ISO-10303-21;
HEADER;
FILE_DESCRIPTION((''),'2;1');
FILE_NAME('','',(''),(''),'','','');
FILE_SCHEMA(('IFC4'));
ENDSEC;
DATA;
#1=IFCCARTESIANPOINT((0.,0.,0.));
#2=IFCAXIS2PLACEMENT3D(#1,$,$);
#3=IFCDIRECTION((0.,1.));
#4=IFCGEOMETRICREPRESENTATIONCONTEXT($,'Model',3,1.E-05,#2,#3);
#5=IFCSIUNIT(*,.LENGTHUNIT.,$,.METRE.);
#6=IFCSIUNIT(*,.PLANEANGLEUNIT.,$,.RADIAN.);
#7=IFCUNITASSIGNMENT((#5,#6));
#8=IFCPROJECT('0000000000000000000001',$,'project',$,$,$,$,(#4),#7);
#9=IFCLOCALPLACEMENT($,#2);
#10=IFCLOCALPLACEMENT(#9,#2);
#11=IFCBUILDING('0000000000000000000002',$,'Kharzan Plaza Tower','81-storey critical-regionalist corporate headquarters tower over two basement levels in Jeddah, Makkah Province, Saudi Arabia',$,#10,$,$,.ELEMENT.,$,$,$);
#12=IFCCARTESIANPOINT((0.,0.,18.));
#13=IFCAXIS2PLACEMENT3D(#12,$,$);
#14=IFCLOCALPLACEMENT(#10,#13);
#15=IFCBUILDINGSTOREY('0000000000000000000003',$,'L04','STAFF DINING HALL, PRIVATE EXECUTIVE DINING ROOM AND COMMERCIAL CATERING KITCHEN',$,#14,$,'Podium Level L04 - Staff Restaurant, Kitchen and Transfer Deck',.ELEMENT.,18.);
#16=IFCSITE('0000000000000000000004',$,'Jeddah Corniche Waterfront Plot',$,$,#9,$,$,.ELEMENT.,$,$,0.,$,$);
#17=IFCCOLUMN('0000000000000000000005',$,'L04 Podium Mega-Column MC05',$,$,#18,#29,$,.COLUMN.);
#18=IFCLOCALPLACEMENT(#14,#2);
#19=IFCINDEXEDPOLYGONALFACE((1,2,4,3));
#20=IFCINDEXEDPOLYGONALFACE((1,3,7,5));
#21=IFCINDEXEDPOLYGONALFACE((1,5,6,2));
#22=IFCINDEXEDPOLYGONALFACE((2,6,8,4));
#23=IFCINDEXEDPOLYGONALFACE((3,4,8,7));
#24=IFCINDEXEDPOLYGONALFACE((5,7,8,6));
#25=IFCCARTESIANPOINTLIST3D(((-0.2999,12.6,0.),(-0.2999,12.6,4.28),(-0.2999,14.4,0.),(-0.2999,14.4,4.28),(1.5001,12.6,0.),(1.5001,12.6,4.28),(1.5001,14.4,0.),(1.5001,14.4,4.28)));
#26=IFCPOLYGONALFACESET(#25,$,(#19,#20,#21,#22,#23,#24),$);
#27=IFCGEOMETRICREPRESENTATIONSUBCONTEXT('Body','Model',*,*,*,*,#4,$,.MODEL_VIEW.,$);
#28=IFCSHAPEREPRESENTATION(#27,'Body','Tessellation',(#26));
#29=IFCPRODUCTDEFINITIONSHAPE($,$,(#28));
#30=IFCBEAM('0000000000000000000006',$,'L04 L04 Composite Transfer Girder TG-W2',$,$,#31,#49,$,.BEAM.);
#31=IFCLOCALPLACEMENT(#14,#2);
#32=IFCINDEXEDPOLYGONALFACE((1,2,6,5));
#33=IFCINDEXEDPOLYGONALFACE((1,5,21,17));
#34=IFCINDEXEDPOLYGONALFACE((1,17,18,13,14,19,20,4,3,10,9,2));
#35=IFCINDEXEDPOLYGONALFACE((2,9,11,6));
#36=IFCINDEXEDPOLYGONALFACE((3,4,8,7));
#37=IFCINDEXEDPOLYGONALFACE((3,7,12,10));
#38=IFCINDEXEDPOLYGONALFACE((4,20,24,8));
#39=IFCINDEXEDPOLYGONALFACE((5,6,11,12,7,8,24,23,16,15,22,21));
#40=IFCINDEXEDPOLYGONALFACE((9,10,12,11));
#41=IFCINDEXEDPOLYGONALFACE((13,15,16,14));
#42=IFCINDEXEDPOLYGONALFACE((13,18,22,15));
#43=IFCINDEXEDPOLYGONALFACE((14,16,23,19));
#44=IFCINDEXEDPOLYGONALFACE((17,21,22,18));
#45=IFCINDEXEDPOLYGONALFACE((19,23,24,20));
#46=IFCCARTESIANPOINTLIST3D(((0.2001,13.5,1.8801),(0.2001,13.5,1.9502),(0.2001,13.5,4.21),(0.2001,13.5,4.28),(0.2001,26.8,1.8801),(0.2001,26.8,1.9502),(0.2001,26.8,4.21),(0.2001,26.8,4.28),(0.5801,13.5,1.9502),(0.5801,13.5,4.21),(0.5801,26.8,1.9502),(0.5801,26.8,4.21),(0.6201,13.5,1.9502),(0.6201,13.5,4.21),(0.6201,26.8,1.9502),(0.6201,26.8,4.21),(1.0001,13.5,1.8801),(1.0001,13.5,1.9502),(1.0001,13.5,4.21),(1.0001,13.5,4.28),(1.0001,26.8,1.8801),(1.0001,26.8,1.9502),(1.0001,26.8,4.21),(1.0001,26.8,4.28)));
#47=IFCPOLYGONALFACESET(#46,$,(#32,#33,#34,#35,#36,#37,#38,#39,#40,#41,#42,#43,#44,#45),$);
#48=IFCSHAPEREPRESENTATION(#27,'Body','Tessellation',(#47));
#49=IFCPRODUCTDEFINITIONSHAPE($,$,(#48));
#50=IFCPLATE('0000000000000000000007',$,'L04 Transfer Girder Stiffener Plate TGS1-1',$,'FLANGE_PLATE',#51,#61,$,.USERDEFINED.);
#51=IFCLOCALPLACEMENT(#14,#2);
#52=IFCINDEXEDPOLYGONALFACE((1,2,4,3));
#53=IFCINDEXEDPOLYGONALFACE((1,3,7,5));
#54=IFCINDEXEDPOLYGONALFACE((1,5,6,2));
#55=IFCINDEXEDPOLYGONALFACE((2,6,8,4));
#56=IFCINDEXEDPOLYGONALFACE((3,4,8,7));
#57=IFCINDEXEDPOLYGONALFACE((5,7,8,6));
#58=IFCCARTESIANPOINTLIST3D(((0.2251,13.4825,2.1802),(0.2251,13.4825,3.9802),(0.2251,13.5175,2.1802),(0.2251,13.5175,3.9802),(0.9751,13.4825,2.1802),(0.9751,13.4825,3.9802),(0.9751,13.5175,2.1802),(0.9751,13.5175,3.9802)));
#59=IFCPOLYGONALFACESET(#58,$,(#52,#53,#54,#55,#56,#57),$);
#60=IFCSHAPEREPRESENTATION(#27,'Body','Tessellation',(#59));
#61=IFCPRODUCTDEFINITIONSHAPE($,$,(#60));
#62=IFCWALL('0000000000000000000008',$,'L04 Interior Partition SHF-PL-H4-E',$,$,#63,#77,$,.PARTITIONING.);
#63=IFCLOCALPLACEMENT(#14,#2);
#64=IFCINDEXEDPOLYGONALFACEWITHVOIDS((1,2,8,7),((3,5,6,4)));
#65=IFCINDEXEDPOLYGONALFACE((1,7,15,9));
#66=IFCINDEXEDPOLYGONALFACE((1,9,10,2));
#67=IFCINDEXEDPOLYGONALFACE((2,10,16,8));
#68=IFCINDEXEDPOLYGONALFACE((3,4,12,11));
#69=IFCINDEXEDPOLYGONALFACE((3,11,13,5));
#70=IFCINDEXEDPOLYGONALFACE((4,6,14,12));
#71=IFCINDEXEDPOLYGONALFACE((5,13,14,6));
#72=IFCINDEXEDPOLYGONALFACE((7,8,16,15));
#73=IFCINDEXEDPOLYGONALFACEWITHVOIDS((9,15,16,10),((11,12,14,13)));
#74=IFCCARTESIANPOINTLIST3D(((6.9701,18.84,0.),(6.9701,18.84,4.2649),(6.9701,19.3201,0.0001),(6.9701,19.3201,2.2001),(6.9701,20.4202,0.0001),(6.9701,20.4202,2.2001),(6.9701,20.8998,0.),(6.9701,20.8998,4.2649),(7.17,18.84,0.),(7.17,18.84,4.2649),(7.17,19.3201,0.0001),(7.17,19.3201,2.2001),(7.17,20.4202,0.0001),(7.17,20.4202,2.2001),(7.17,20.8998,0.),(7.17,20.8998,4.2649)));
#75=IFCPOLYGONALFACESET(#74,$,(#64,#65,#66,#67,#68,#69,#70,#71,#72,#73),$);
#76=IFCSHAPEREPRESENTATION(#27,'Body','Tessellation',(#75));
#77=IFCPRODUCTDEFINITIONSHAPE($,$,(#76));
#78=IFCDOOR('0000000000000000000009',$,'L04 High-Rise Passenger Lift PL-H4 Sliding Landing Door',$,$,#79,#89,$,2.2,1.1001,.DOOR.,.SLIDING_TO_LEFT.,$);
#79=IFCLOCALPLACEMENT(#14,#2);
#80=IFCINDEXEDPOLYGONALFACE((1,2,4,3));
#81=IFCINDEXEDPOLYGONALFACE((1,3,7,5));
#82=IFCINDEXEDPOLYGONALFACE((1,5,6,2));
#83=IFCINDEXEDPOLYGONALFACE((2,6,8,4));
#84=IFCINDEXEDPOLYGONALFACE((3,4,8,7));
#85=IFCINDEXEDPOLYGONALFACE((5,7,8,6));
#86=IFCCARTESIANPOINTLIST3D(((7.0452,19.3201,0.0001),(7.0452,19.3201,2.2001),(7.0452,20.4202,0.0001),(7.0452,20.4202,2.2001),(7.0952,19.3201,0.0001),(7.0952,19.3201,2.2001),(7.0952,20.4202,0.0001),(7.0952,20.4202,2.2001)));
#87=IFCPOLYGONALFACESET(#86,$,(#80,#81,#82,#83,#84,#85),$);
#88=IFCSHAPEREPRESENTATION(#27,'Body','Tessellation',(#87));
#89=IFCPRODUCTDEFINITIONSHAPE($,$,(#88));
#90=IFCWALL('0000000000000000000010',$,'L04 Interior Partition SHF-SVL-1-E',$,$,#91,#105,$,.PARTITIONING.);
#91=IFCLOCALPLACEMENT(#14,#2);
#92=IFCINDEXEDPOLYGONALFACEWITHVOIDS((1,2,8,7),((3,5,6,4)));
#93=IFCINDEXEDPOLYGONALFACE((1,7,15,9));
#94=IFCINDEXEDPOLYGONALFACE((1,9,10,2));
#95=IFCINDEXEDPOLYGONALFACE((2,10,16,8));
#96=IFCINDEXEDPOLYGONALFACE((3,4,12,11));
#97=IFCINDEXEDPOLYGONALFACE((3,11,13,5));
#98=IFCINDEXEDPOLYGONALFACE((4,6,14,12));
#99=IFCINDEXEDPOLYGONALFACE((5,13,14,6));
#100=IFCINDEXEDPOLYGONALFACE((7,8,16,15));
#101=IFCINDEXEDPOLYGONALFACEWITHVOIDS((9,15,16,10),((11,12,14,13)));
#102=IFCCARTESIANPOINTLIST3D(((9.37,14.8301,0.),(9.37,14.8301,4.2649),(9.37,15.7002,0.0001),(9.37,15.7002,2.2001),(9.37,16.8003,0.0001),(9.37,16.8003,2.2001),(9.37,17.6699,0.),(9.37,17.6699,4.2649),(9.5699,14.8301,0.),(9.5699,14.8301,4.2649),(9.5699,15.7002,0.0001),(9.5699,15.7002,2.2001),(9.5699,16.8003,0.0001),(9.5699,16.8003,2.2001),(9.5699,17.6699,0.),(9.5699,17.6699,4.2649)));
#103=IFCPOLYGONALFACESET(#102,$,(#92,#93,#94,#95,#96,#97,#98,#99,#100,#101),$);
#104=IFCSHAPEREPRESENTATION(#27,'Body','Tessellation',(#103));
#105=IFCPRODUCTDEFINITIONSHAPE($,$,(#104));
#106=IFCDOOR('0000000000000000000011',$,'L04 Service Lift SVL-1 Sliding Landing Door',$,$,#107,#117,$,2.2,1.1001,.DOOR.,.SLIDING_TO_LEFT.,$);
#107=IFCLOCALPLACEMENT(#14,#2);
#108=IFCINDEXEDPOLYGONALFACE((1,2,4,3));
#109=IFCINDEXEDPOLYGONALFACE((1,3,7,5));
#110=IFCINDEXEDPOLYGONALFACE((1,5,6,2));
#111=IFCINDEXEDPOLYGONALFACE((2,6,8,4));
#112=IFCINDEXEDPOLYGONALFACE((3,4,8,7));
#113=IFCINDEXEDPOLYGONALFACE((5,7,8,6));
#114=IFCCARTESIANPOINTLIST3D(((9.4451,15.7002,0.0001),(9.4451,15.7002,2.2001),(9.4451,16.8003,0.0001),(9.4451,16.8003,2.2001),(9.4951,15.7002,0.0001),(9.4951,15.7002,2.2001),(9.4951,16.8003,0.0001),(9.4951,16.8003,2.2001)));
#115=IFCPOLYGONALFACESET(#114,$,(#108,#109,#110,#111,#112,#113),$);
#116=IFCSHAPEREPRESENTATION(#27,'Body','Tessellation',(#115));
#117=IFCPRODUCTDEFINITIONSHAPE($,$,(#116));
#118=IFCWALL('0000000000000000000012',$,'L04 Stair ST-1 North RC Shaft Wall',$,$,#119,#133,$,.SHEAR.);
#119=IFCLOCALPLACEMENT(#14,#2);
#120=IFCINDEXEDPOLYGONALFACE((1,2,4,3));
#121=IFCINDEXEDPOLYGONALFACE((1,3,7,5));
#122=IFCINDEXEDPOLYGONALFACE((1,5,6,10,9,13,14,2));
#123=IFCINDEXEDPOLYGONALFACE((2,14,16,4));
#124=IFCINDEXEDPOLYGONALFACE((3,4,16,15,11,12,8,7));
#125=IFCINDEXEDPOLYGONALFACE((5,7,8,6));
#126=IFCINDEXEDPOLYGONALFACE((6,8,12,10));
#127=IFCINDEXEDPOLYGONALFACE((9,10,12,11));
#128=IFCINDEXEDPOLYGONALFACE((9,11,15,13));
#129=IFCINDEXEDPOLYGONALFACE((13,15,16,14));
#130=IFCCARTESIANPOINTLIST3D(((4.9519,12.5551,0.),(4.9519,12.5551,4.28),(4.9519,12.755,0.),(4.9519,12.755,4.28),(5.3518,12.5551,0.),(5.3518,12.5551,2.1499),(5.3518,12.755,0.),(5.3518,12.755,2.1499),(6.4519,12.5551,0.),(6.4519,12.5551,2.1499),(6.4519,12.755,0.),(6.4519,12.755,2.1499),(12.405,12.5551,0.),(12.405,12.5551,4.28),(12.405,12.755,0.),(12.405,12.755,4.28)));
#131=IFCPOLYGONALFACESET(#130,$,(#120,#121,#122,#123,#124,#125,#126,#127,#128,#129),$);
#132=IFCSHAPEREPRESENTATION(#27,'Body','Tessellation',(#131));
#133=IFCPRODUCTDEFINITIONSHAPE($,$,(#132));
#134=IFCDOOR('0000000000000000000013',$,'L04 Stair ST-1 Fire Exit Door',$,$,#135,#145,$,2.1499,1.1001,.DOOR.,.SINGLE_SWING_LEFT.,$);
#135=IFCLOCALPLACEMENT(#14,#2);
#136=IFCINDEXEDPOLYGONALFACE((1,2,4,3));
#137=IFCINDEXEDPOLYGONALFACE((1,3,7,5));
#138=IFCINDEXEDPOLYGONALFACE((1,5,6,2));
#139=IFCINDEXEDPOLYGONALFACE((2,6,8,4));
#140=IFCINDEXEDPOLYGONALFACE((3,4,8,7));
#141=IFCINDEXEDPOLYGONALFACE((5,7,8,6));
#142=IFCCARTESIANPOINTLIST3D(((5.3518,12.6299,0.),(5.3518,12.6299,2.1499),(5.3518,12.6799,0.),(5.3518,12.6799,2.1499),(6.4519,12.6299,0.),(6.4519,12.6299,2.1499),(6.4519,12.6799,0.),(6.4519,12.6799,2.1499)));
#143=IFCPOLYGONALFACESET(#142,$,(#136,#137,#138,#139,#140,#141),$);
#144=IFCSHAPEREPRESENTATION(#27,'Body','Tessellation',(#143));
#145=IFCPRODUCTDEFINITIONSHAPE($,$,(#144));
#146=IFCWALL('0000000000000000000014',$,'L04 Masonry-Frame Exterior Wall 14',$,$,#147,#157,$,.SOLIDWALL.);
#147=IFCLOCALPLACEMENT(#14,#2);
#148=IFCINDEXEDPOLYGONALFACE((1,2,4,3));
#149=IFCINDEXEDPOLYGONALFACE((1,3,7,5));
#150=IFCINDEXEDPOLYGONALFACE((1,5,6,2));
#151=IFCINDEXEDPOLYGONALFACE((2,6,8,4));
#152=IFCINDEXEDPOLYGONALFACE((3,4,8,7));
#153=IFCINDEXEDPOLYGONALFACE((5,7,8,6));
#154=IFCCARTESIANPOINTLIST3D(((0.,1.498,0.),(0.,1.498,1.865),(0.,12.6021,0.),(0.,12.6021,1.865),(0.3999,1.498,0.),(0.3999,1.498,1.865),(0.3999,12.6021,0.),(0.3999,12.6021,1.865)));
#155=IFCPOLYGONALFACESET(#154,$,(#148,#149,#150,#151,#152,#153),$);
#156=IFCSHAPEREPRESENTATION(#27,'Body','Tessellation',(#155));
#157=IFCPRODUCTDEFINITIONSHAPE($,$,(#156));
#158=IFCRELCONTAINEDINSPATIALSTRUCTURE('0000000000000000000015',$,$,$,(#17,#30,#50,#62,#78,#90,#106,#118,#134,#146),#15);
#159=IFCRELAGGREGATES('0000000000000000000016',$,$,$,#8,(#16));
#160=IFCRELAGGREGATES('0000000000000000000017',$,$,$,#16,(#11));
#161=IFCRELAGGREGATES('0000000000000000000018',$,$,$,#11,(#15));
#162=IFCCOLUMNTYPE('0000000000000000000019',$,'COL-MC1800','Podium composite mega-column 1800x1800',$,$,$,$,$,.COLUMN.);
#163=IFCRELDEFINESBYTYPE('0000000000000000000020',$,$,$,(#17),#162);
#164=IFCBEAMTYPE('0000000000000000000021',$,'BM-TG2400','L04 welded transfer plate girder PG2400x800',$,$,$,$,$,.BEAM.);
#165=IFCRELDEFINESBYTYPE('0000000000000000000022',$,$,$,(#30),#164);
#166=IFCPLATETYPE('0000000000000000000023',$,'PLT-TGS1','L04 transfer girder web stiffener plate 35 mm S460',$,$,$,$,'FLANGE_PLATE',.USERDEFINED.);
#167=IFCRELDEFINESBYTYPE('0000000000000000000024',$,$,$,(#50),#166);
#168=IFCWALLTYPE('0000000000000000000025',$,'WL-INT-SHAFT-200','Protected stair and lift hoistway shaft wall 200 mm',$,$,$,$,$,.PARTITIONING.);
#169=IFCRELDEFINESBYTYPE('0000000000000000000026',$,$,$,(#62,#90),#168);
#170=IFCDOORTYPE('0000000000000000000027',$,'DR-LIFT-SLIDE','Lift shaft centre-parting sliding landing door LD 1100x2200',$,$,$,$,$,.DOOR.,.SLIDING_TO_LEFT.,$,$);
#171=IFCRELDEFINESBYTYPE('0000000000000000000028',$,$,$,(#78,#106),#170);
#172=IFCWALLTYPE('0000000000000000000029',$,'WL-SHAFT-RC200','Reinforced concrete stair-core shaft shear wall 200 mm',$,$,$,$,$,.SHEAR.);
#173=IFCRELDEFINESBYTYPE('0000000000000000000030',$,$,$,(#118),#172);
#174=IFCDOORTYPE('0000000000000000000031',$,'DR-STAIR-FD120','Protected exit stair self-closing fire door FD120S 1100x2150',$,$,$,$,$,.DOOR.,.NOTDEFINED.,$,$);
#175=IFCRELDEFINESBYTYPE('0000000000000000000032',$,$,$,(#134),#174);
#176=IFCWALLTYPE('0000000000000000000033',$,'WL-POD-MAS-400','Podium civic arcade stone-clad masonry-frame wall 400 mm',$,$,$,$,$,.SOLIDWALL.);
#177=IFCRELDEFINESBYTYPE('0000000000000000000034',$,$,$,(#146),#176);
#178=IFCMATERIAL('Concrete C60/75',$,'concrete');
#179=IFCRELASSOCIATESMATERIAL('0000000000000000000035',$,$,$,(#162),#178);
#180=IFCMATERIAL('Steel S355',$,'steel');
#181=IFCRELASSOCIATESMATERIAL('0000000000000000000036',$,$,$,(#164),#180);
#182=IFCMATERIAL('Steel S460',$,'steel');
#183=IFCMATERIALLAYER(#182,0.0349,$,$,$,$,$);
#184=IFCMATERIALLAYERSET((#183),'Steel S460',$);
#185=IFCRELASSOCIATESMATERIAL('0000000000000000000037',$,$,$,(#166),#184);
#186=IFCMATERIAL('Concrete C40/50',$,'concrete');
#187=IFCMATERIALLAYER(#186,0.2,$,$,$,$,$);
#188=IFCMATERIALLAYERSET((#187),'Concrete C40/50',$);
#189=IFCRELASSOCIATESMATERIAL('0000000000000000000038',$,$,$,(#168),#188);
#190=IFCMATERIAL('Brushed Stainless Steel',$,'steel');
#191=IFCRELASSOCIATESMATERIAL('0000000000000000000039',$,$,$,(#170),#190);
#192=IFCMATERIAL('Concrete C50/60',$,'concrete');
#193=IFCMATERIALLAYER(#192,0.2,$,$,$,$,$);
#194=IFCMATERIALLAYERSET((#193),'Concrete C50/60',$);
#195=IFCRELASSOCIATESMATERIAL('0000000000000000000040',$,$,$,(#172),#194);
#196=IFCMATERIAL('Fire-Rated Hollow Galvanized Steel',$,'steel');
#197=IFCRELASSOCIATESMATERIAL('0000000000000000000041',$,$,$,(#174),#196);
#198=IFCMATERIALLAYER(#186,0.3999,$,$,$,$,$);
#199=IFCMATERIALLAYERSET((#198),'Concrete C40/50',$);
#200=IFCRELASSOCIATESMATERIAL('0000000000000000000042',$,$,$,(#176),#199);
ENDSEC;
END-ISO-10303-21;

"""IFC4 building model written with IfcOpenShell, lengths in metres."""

from ifc_helpers import new_model, si_unit, direction, frame, frame_2d, origin, origin_2d, place, context, subcontext, project, spatial, rectangle, i_section, extrude, source, transform, mapped, material, layer, layer_set, material_profile, profile_set, type_object, element, fill, save


model = new_model("IFC4")

# Units and contexts
model_context = context("Model", 3, precision=1e-05, world=origin(), true_north=direction((0.0, 1.0)))
body_context = subcontext(model_context, "Body", "Model", "MODEL_VIEW")
ifc_project = project(units=[si_unit("LENGTHUNIT", "METRE"), si_unit("PLANEANGLEUNIT", "RADIAN")], contexts=[model_context])

# Site, building, storey
site_placement = place(None, origin())
site = spatial("IfcSite", under=ifc_project, at=site_placement, Name="Jeddah Corniche Waterfront Plot", CompositionType="ELEMENT", RefElevation=0.0)
building_placement = place(site_placement, origin())
building = spatial("IfcBuilding", under=site, at=building_placement, Name="Kharzan Plaza Tower", Description="81-storey critical-regionalist corporate headquarters tower over two basement levels in Jeddah, Makkah Province, Saudi Arabia", CompositionType="ELEMENT")
storey_placement = place(building_placement, frame((0.0, 0.0, 18.0)))
storey = spatial("IfcBuildingStorey", under=building, at=storey_placement, Name="L04", Description="STAFF DINING HALL, PRIVATE EXECUTIVE DINING ROOM AND COMMERCIAL CATERING KITCHEN", LongName="Podium Level L04 - Staff Restaurant, Kitchen and Transfer Deck", CompositionType="ELEMENT", Elevation=18.0)

# Column
ifc_material_1 = material(Name="Concrete C60/75", Category="concrete")
ifc_material_profile_1 = material_profile(ifc_material_1, rectangle(XDim=1.8, YDim=1.8, at=origin_2d()), Name="RC-MC1800x1800")
ifc_profile_set_1 = profile_set([ifc_material_profile_1], Name="Concrete C60/75")
column_type = type_object("IfcColumnType", Name="COL-MC1800", Description="Podium composite mega-column 1800x1800", PredefinedType="COLUMN", material=ifc_profile_set_1)
shared_shape_1 = source(origin(), body_context, "Body", "SweptSolid", [
    extrude(rectangle(XDim=1.8, YDim=1.8, at=origin_2d()), origin(), (0.0, 0.0, 1.0), 4.28),
])
column_placement = place(storey_placement, frame((0.6001, 13.5, 0.0), z_axis=(0.0, 0.0, 1.0), x_axis=(1.0, 0.0, 0.0)))
element("IfcColumn", 1, at=column_placement, inside=storey, type_object=column_type, Name="L04 Podium Mega-Column MC05", PredefinedType="COLUMN", context=body_context, shape_type="MappedRepresentation", body=[
    mapped(shared_shape_1, transform((0.0, 0.0, 0.0), x_axis=(1.0, 0.0, 0.0), y_axis=(0.0, 1.0, 0.0), z_axis=(0.0, 0.0, 1.0))),
])

# Beam
ifc_material_2 = material(Name="Steel S355", Category="steel")
ifc_material_profile_2 = material_profile(ifc_material_2, i_section(OverallWidth=0.8, OverallDepth=2.3999, WebThickness=0.04, FlangeThickness=0.0701, at=origin_2d()), Name="PG2400x800")
ifc_profile_set_2 = profile_set([ifc_material_profile_2], Name="Steel S355")
beam_type = type_object("IfcBeamType", Name="BM-TG2400", Description="L04 welded transfer plate girder PG2400x800", PredefinedType="BEAM", material=ifc_profile_set_2)
shared_shape_2 = source(origin(), body_context, "Body", "SweptSolid", [
    extrude(i_section(OverallWidth=0.8, OverallDepth=2.3999, WebThickness=0.04, FlangeThickness=0.0701, at=origin_2d()), origin(), (0.0, 0.0, 1.0), 13.3),
])
beam_placement = place(storey_placement, frame((0.6001, 13.5, 3.0801), z_axis=(0.0, 1.0, 0.0), x_axis=(-1.0, 0.0, 0.0)))
element("IfcBeam", 2, at=beam_placement, inside=storey, type_object=beam_type, Name="L04 L04 Composite Transfer Girder TG-W2", PredefinedType="BEAM", context=body_context, shape_type="MappedRepresentation", body=[
    mapped(shared_shape_2, transform((0.0, 0.0, 0.0), x_axis=(1.0, 0.0, 0.0), y_axis=(0.0, 1.0, 0.0), z_axis=(0.0, 0.0, 1.0))),
])

# Plate
ifc_material_3 = material(Name="Steel S460", Category="steel")
ifc_layer_1 = layer(ifc_material_3, 0.0349)
ifc_layer_set_1 = layer_set([ifc_layer_1], Name="Steel S460")
plate_type = type_object("IfcPlateType", Name="PLT-TGS1", Description="L04 transfer girder web stiffener plate 35 mm S460", ElementType="FLANGE_PLATE", PredefinedType="USERDEFINED", material=ifc_layer_set_1)
shared_shape_3 = source(origin(), body_context, "Body", "SweptSolid", [
    extrude(rectangle(XDim=0.75, YDim=0.0349, at=origin_2d()), origin(), (0.0, 0.0, 1.0), 1.8),
])
plate_placement = place(storey_placement, frame((0.6001, 13.5, 2.1802), z_axis=(0.0, 0.0, 1.0), x_axis=(1.0, 0.0, 0.0)))
element("IfcPlate", 3, at=plate_placement, inside=storey, type_object=plate_type, Name="L04 Transfer Girder Stiffener Plate TGS1-1", ObjectType="FLANGE_PLATE", PredefinedType="USERDEFINED", context=body_context, shape_type="MappedRepresentation", body=[
    mapped(shared_shape_3, transform((0.0, 0.0, 0.0), x_axis=(1.0, 0.0, 0.0), y_axis=(0.0, 1.0, 0.0), z_axis=(0.0, 0.0, 1.0))),
])

# Walls, openings, doors
ifc_material_4 = material(Name="Concrete C40/50", Category="concrete")
ifc_layer_2 = layer(ifc_material_4, 0.2)
ifc_layer_set_2 = layer_set([ifc_layer_2], Name="Concrete C40/50")
wall_type_1 = type_object("IfcWallType", Name="WL-INT-SHAFT-200", Description="Protected stair and lift hoistway shaft wall 200 mm", PredefinedType="PARTITIONING", material=ifc_layer_set_2)
wall_1_placement = place(storey_placement, frame((7.0701, 18.8401, 0.0), z_axis=(0.0, 0.0, 1.0), x_axis=(0.0, 1.0, 0.0)))
wall_1 = element("IfcWall", 4, at=wall_1_placement, inside=storey, type_object=wall_type_1, Name="L04 Interior Partition SHF-PL-H4-E", PredefinedType="PARTITIONING", context=body_context, shape_type="SweptSolid", body=[
    extrude(rectangle(XDim=2.0598, YDim=0.2, at=frame_2d((1.0298, 0.0))), origin(), (0.0, 0.0, 1.0), 4.2649),
])
opening_1_placement = place(wall_1_placement, frame((0.48, 0.0, 0.0)))
opening_1 = element("IfcOpeningElement", 5, at=opening_1_placement, cuts=wall_1, PredefinedType="OPENING", context=body_context, shape_type="SweptSolid", body=[
    extrude(rectangle(XDim=1.1001, YDim=2.2, at=frame_2d((0.55, 1.1001))), frame((0.0, 0.1099, 0.0), z_axis=(0.0, -1.0, 0.0), x_axis=(1.0, 0.0, 0.0)), (0.0, 0.0, 1.0), 0.22),
])
ifc_material_5 = material(Name="Brushed Stainless Steel", Category="steel")
door_type_1 = type_object("IfcDoorType", Name="DR-LIFT-SLIDE", Description="Lift shaft centre-parting sliding landing door LD 1100x2200", OperationType="SLIDING_TO_LEFT", PredefinedType="DOOR", material=ifc_material_5)
shared_shape_4 = source(origin(), body_context, "Body", "SweptSolid", [
    extrude(rectangle(XDim=1.1001, YDim=2.2, at=frame_2d((0.55, 1.1001))), frame((0.0, 0.0249, 0.0), z_axis=(0.0, -1.0, 0.0), x_axis=(1.0, 0.0, 0.0)), (0.0, 0.0, 1.0), 0.05),
])
door_1_placement = place(opening_1_placement, origin())
door_1 = element("IfcDoor", 6, at=door_1_placement, inside=storey, type_object=door_type_1, Name="L04 High-Rise Passenger Lift PL-H4 Sliding Landing Door", OperationType="SLIDING_TO_LEFT", OverallHeight=2.2, OverallWidth=1.1001, PredefinedType="DOOR", context=body_context, shape_type="MappedRepresentation", body=[
    mapped(shared_shape_4, transform((0.0, 0.0, 0.0), x_axis=(1.0, 0.0, 0.0), y_axis=(0.0, 1.0, 0.0), z_axis=(0.0, 0.0, 1.0))),
])
fill(opening_1, door_1)
wall_2_placement = place(storey_placement, frame((9.47, 14.8301, 0.0), z_axis=(0.0, 0.0, 1.0), x_axis=(0.0, 1.0, 0.0)))
wall_2 = element("IfcWall", 7, at=wall_2_placement, inside=storey, type_object=wall_type_1, Name="L04 Interior Partition SHF-SVL-1-E", PredefinedType="PARTITIONING", context=body_context, shape_type="SweptSolid", body=[
    extrude(rectangle(XDim=2.8398, YDim=0.2, at=frame_2d((1.4199, 0.0))), origin(), (0.0, 0.0, 1.0), 4.2649),
])
opening_2_placement = place(wall_2_placement, frame((0.8701, 0.0, 0.0)))
opening_2 = element("IfcOpeningElement", 8, at=opening_2_placement, cuts=wall_2, PredefinedType="OPENING", context=body_context, shape_type="SweptSolid", body=[
    extrude(rectangle(XDim=1.1001, YDim=2.2, at=frame_2d((0.55, 1.1001))), frame((0.0, 0.1099, 0.0), z_axis=(0.0, -1.0, 0.0), x_axis=(1.0, 0.0, 0.0)), (0.0, 0.0, 1.0), 0.22),
])
door_2_placement = place(opening_2_placement, origin())
door_2 = element("IfcDoor", 9, at=door_2_placement, inside=storey, type_object=door_type_1, Name="L04 Service Lift SVL-1 Sliding Landing Door", OperationType="SLIDING_TO_LEFT", OverallHeight=2.2, OverallWidth=1.1001, PredefinedType="DOOR", context=body_context, shape_type="MappedRepresentation", body=[
    mapped(shared_shape_4, transform((0.0, 0.0, 0.0), x_axis=(1.0, 0.0, 0.0), y_axis=(0.0, 1.0, 0.0), z_axis=(0.0, 0.0, 1.0))),
])
fill(opening_2, door_2)
ifc_material_6 = material(Name="Concrete C50/60", Category="concrete")
ifc_layer_3 = layer(ifc_material_6, 0.2)
ifc_layer_set_3 = layer_set([ifc_layer_3], Name="Concrete C50/60")
wall_type_2 = type_object("IfcWallType", Name="WL-SHAFT-RC200", Description="Reinforced concrete stair-core shaft shear wall 200 mm", PredefinedType="SHEAR", material=ifc_layer_set_3)
wall_3_placement = place(storey_placement, frame((4.9519, 12.655, 0.0), z_axis=(0.0, 0.0, 1.0), x_axis=(1.0, 0.0, 0.0)))
wall_3 = element("IfcWall", 10, at=wall_3_placement, inside=storey, type_object=wall_type_2, Name="L04 Stair ST-1 North RC Shaft Wall", PredefinedType="SHEAR", context=body_context, shape_type="SweptSolid", body=[
    extrude(rectangle(XDim=7.4531, YDim=0.2, at=frame_2d((3.7266, 0.0))), origin(), (0.0, 0.0, 1.0), 4.28),
])
opening_3_placement = place(wall_3_placement, frame((0.3999, 0.0, 0.0)))
opening_3 = element("IfcOpeningElement", 11, at=opening_3_placement, cuts=wall_3, PredefinedType="OPENING", context=body_context, shape_type="SweptSolid", body=[
    extrude(rectangle(XDim=1.1001, YDim=2.1499, at=frame_2d((0.55, 1.075))), frame((0.0, 0.1099, 0.0), z_axis=(0.0, -1.0, 0.0), x_axis=(1.0, 0.0, 0.0)), (0.0, 0.0, 1.0), 0.22),
])
ifc_material_7 = material(Name="Fire-Rated Hollow Galvanized Steel", Category="steel")
door_type_2 = type_object("IfcDoorType", Name="DR-STAIR-FD120", Description="Protected exit stair self-closing fire door FD120S 1100x2150", OperationType="NOTDEFINED", PredefinedType="DOOR", material=ifc_material_7)
shared_shape_5 = source(origin(), body_context, "Body", "SweptSolid", [
    extrude(rectangle(XDim=1.1001, YDim=2.1499, at=frame_2d((0.55, 1.075))), frame((0.0, 0.0249, 0.0), z_axis=(0.0, -1.0, 0.0), x_axis=(1.0, 0.0, 0.0)), (0.0, 0.0, 1.0), 0.05),
])
door_3_placement = place(opening_3_placement, origin())
door_3 = element("IfcDoor", 12, at=door_3_placement, inside=storey, type_object=door_type_2, Name="L04 Stair ST-1 Fire Exit Door", OperationType="SINGLE_SWING_LEFT", OverallHeight=2.1499, OverallWidth=1.1001, PredefinedType="DOOR", context=body_context, shape_type="MappedRepresentation", body=[
    mapped(shared_shape_5, transform((0.0, 0.0, 0.0), x_axis=(1.0, 0.0, 0.0), y_axis=(0.0, 1.0, 0.0), z_axis=(0.0, 0.0, 1.0))),
])
fill(opening_3, door_3)

# Wall
ifc_layer_4 = layer(ifc_material_4, 0.3999)
ifc_layer_set_4 = layer_set([ifc_layer_4], Name="Concrete C40/50")
wall_type_3 = type_object("IfcWallType", Name="WL-POD-MAS-400", Description="Podium civic arcade stone-clad masonry-frame wall 400 mm", PredefinedType="SOLIDWALL", material=ifc_layer_set_4)
shared_shape_6 = source(origin(), body_context, "Body", "SweptSolid", [
    extrude(rectangle(XDim=11.104, YDim=0.3999, at=frame_2d((5.552, 0.0))), origin(), (0.0, 0.0, 1.0), 1.865),
])
wall_4_placement = place(storey_placement, frame((0.2, 12.6021, 0.0), z_axis=(0.0, 0.0, 1.0), x_axis=(0.0, -1.0, 0.0)))
element("IfcWall", 13, at=wall_4_placement, inside=storey, type_object=wall_type_3, Name="L04 Masonry-Frame Exterior Wall 14", PredefinedType="SOLIDWALL", context=body_context, shape_type="MappedRepresentation", body=[
    mapped(shared_shape_6, transform((0.0, 0.0, 0.0), x_axis=(1.0, 0.0, 0.0), y_axis=(0.0, 1.0, 0.0), z_axis=(0.0, 0.0, 1.0))),
])

save(model, "model.ifc")
